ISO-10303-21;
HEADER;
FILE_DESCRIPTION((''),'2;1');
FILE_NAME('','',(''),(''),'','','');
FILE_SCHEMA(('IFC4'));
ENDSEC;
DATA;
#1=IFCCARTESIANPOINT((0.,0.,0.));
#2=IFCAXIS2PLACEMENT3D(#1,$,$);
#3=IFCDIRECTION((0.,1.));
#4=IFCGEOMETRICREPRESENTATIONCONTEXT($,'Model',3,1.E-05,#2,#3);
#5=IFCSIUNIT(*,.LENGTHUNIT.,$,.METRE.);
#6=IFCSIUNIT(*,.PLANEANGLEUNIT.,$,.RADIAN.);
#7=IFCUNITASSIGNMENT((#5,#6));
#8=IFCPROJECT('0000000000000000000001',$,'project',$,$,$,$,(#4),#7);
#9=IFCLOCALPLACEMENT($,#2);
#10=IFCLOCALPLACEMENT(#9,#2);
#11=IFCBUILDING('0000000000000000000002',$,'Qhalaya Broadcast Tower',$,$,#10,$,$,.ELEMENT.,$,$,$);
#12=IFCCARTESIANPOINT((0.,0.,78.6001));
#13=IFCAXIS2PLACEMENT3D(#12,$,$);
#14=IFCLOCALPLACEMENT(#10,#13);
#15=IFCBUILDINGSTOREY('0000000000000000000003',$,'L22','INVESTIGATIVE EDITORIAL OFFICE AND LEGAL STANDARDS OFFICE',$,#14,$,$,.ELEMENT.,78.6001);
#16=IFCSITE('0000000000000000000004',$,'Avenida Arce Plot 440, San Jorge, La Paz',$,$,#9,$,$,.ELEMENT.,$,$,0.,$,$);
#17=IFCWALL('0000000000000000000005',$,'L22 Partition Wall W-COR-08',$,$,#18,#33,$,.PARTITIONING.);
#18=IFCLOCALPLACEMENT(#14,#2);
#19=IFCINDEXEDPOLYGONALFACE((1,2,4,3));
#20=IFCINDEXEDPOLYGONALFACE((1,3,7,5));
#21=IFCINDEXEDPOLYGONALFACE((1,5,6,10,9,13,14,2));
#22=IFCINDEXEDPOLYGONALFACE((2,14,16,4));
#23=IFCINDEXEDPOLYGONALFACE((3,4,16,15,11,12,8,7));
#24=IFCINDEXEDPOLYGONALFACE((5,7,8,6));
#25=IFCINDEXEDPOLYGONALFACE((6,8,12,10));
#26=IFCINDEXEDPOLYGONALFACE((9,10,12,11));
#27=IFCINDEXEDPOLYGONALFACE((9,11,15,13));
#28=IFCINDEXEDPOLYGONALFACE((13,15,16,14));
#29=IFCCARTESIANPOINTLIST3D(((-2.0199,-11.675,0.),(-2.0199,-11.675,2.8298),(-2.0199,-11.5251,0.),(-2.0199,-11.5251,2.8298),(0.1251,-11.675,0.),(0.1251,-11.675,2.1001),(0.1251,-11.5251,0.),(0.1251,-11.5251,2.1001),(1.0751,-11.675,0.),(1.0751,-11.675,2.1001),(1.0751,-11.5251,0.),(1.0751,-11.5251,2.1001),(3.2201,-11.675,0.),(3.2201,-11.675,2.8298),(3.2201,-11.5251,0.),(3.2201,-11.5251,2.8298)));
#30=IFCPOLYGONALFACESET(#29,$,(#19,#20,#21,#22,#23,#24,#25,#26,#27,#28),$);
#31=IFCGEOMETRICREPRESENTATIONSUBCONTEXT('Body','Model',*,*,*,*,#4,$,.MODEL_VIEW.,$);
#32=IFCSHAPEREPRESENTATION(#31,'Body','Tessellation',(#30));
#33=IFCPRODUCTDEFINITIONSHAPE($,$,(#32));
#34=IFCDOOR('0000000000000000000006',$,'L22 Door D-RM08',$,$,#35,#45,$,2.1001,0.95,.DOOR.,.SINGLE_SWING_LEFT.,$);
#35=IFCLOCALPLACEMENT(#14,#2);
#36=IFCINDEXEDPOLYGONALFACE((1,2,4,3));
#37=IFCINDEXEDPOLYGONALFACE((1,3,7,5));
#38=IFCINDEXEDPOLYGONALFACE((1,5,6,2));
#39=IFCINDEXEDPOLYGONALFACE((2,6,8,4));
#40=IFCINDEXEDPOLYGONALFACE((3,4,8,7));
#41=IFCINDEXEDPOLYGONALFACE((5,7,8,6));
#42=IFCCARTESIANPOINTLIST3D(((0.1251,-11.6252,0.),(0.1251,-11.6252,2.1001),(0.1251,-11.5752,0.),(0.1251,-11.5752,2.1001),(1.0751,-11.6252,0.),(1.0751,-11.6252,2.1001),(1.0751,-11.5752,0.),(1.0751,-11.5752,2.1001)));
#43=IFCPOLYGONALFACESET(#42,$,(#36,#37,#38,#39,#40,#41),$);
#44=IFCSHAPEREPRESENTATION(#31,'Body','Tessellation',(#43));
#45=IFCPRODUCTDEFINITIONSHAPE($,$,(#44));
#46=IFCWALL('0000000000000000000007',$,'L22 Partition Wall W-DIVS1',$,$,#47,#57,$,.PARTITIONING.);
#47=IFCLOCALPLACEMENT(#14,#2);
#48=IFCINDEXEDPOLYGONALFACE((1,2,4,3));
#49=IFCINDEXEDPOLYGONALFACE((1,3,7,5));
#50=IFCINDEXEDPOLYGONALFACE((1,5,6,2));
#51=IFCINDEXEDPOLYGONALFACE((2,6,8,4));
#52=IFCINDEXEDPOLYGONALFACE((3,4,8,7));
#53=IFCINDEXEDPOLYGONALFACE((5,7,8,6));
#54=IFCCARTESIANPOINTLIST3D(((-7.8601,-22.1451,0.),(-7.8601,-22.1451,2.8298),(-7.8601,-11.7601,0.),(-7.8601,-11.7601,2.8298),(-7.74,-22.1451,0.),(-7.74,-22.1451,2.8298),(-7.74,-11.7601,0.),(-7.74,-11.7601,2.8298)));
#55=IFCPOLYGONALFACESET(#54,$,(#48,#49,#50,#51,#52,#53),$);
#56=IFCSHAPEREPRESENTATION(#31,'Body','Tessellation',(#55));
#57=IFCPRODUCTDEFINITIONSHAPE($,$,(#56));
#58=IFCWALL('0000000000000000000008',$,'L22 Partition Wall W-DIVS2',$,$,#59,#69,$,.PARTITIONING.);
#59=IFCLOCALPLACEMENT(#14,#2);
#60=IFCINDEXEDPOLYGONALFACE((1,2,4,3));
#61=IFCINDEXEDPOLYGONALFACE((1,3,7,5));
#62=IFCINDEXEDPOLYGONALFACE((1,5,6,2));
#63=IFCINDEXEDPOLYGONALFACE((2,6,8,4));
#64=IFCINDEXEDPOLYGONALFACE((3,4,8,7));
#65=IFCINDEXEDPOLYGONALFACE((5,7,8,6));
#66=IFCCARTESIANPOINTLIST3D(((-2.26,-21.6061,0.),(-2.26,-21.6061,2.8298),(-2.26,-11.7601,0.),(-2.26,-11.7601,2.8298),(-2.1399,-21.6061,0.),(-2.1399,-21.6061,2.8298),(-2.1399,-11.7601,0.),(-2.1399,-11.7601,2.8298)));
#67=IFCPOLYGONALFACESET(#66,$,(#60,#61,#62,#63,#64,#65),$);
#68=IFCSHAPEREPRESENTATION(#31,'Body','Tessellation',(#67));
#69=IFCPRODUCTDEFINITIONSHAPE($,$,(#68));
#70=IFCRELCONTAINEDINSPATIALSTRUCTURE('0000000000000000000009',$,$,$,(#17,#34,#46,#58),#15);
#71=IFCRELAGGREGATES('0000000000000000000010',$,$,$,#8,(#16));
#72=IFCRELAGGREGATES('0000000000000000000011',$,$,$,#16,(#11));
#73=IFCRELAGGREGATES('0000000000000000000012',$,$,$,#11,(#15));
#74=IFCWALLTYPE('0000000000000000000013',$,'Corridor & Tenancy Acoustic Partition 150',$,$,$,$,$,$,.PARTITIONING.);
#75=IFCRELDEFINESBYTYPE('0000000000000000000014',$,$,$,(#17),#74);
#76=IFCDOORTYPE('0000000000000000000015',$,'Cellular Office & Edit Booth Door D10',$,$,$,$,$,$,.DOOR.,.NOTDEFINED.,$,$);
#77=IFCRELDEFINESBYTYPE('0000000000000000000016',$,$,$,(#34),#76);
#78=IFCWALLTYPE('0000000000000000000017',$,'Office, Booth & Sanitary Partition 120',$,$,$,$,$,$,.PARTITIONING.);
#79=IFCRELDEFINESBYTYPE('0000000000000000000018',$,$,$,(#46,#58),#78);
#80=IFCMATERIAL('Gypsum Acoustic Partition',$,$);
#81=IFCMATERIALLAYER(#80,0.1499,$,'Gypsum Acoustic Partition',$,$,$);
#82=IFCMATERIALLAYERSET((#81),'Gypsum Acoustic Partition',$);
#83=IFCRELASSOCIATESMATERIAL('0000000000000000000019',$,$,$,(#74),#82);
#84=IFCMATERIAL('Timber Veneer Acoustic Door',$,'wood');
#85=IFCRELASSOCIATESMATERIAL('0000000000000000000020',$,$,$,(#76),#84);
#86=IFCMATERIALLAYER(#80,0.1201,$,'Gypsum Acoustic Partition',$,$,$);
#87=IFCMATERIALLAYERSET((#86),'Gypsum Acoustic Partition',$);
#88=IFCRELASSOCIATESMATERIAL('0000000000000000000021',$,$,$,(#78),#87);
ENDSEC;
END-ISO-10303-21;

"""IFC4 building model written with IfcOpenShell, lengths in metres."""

from ifc_helpers import new_model, si_unit, direction, frame, frame_2d, origin, place, context, subcontext, project, spatial, rectangle, extrude, material, layer, layer_set, type_object, element, fill, save


model = new_model("IFC4")

# Units and contexts
model_context = context("Model", 3, precision=1e-05, world=origin(), true_north=direction((0.0, 1.0)))
body_context = subcontext(model_context, "Body", "Model", "MODEL_VIEW")
ifc_project = project(units=[si_unit("LENGTHUNIT", "METRE"), si_unit("PLANEANGLEUNIT", "RADIAN")], contexts=[model_context])

# Site, building, storey
site_placement = place(None, origin())
site = spatial("IfcSite", under=ifc_project, at=site_placement, Name="Avenida Arce Plot 440, San Jorge, La Paz", CompositionType="ELEMENT", RefElevation=0.0)
building_placement = place(site_placement, origin())
building = spatial("IfcBuilding", under=site, at=building_placement, Name="Qhalaya Broadcast Tower", CompositionType="ELEMENT")
storey_placement = place(building_placement, frame((0.0, 0.0, 78.6001)))
storey = spatial("IfcBuildingStorey", under=building, at=storey_placement, Name="L22", Description="INVESTIGATIVE EDITORIAL OFFICE AND LEGAL STANDARDS OFFICE", CompositionType="ELEMENT", Elevation=78.6001)

# Wall, opening, door
ifc_material_1 = material(Name="Gypsum Acoustic Partition")
ifc_layer_1 = layer(ifc_material_1, 0.1499, Name="Gypsum Acoustic Partition")
ifc_layer_set_1 = layer_set([ifc_layer_1], Name="Gypsum Acoustic Partition")
wall_type_1 = type_object("IfcWallType", Name="Corridor & Tenancy Acoustic Partition 150", PredefinedType="PARTITIONING", material=ifc_layer_set_1)
ifc_material_2 = material(Name="Timber Veneer Acoustic Door", Category="wood")
door_type = type_object("IfcDoorType", Name="Cellular Office & Edit Booth Door D10", OperationType="NOTDEFINED", PredefinedType="DOOR", material=ifc_material_2)
wall_1_placement = place(storey_placement, frame((-2.02, -11.6001, 0.0), z_axis=(0.0, 0.0, 1.0), x_axis=(1.0, 0.0, 0.0)))
wall_1 = element("IfcWall", 1, at=wall_1_placement, inside=storey, type_object=wall_type_1, Name="L22 Partition Wall W-COR-08", PredefinedType="PARTITIONING", context=body_context, shape_type="SweptSolid", body=[
    extrude(rectangle(XDim=5.24, YDim=0.1499, at=frame_2d((2.6201, 0.0))), origin(), (0.0, 0.0, 1.0), 2.8298),
])
opening_1_placement = place(wall_1_placement, frame((2.145, 0.0, 0.0)))
opening_1 = element("IfcOpeningElement", 2, at=opening_1_placement, cuts=wall_1, PredefinedType="OPENING", context=body_context, shape_type="SweptSolid", body=[
    extrude(rectangle(XDim=0.95, YDim=2.1001, at=frame_2d((0.4751, 1.05))), frame((0.0, 0.0869, 0.0), z_axis=(0.0, -1.0, 0.0), x_axis=(1.0, 0.0, 0.0)), (0.0, 0.0, 1.0), 0.1738),
])
door_1_placement = place(opening_1_placement, origin())
door_1 = element("IfcDoor", 3, at=door_1_placement, inside=storey, type_object=door_type, Name="L22 Door D-RM08", OperationType="SINGLE_SWING_LEFT", OverallHeight=2.1001, OverallWidth=0.95, PredefinedType="DOOR", context=body_context, shape_type="SweptSolid", body=[
    extrude(rectangle(XDim=0.95, YDim=2.1001, at=frame_2d((0.4751, 1.05))), frame((0.0, 0.0249, 0.0), z_axis=(0.0, -1.0, 0.0), x_axis=(1.0, 0.0, 0.0)), (0.0, 0.0, 1.0), 0.05),
])
fill(opening_1, door_1)

# Walls
ifc_layer_2 = layer(ifc_material_1, 0.1201, Name="Gypsum Acoustic Partition")
ifc_layer_set_2 = layer_set([ifc_layer_2], Name="Gypsum Acoustic Partition")
wall_type_2 = type_object("IfcWallType", Name="Office, Booth & Sanitary Partition 120", PredefinedType="PARTITIONING", material=ifc_layer_set_2)
wall_2_placement = place(storey_placement, frame((-7.8, -22.145, 0.0), z_axis=(0.0, 0.0, 1.0), x_axis=(0.0, 1.0, 0.0)))
element("IfcWall", 4, at=wall_2_placement, inside=storey, type_object=wall_type_2, Name="L22 Partition Wall W-DIVS1", PredefinedType="PARTITIONING", context=body_context, shape_type="SweptSolid", body=[
    extrude(rectangle(XDim=10.385, YDim=0.1201, at=frame_2d((5.1924, 0.0))), origin(), (0.0, 0.0, 1.0), 2.8298),
])
wall_3_placement = place(storey_placement, frame((-2.2, -21.606, 0.0), z_axis=(0.0, 0.0, 1.0), x_axis=(0.0, 1.0, 0.0)))
element("IfcWall", 5, at=wall_3_placement, inside=storey, type_object=wall_type_2, Name="L22 Partition Wall W-DIVS2", PredefinedType="PARTITIONING", context=body_context, shape_type="SweptSolid", body=[
    extrude(rectangle(XDim=9.8459, YDim=0.1201, at=frame_2d((4.9229, 0.0))), origin(), (0.0, 0.0, 1.0), 2.8298),
])

save(model, "model.ifc")
